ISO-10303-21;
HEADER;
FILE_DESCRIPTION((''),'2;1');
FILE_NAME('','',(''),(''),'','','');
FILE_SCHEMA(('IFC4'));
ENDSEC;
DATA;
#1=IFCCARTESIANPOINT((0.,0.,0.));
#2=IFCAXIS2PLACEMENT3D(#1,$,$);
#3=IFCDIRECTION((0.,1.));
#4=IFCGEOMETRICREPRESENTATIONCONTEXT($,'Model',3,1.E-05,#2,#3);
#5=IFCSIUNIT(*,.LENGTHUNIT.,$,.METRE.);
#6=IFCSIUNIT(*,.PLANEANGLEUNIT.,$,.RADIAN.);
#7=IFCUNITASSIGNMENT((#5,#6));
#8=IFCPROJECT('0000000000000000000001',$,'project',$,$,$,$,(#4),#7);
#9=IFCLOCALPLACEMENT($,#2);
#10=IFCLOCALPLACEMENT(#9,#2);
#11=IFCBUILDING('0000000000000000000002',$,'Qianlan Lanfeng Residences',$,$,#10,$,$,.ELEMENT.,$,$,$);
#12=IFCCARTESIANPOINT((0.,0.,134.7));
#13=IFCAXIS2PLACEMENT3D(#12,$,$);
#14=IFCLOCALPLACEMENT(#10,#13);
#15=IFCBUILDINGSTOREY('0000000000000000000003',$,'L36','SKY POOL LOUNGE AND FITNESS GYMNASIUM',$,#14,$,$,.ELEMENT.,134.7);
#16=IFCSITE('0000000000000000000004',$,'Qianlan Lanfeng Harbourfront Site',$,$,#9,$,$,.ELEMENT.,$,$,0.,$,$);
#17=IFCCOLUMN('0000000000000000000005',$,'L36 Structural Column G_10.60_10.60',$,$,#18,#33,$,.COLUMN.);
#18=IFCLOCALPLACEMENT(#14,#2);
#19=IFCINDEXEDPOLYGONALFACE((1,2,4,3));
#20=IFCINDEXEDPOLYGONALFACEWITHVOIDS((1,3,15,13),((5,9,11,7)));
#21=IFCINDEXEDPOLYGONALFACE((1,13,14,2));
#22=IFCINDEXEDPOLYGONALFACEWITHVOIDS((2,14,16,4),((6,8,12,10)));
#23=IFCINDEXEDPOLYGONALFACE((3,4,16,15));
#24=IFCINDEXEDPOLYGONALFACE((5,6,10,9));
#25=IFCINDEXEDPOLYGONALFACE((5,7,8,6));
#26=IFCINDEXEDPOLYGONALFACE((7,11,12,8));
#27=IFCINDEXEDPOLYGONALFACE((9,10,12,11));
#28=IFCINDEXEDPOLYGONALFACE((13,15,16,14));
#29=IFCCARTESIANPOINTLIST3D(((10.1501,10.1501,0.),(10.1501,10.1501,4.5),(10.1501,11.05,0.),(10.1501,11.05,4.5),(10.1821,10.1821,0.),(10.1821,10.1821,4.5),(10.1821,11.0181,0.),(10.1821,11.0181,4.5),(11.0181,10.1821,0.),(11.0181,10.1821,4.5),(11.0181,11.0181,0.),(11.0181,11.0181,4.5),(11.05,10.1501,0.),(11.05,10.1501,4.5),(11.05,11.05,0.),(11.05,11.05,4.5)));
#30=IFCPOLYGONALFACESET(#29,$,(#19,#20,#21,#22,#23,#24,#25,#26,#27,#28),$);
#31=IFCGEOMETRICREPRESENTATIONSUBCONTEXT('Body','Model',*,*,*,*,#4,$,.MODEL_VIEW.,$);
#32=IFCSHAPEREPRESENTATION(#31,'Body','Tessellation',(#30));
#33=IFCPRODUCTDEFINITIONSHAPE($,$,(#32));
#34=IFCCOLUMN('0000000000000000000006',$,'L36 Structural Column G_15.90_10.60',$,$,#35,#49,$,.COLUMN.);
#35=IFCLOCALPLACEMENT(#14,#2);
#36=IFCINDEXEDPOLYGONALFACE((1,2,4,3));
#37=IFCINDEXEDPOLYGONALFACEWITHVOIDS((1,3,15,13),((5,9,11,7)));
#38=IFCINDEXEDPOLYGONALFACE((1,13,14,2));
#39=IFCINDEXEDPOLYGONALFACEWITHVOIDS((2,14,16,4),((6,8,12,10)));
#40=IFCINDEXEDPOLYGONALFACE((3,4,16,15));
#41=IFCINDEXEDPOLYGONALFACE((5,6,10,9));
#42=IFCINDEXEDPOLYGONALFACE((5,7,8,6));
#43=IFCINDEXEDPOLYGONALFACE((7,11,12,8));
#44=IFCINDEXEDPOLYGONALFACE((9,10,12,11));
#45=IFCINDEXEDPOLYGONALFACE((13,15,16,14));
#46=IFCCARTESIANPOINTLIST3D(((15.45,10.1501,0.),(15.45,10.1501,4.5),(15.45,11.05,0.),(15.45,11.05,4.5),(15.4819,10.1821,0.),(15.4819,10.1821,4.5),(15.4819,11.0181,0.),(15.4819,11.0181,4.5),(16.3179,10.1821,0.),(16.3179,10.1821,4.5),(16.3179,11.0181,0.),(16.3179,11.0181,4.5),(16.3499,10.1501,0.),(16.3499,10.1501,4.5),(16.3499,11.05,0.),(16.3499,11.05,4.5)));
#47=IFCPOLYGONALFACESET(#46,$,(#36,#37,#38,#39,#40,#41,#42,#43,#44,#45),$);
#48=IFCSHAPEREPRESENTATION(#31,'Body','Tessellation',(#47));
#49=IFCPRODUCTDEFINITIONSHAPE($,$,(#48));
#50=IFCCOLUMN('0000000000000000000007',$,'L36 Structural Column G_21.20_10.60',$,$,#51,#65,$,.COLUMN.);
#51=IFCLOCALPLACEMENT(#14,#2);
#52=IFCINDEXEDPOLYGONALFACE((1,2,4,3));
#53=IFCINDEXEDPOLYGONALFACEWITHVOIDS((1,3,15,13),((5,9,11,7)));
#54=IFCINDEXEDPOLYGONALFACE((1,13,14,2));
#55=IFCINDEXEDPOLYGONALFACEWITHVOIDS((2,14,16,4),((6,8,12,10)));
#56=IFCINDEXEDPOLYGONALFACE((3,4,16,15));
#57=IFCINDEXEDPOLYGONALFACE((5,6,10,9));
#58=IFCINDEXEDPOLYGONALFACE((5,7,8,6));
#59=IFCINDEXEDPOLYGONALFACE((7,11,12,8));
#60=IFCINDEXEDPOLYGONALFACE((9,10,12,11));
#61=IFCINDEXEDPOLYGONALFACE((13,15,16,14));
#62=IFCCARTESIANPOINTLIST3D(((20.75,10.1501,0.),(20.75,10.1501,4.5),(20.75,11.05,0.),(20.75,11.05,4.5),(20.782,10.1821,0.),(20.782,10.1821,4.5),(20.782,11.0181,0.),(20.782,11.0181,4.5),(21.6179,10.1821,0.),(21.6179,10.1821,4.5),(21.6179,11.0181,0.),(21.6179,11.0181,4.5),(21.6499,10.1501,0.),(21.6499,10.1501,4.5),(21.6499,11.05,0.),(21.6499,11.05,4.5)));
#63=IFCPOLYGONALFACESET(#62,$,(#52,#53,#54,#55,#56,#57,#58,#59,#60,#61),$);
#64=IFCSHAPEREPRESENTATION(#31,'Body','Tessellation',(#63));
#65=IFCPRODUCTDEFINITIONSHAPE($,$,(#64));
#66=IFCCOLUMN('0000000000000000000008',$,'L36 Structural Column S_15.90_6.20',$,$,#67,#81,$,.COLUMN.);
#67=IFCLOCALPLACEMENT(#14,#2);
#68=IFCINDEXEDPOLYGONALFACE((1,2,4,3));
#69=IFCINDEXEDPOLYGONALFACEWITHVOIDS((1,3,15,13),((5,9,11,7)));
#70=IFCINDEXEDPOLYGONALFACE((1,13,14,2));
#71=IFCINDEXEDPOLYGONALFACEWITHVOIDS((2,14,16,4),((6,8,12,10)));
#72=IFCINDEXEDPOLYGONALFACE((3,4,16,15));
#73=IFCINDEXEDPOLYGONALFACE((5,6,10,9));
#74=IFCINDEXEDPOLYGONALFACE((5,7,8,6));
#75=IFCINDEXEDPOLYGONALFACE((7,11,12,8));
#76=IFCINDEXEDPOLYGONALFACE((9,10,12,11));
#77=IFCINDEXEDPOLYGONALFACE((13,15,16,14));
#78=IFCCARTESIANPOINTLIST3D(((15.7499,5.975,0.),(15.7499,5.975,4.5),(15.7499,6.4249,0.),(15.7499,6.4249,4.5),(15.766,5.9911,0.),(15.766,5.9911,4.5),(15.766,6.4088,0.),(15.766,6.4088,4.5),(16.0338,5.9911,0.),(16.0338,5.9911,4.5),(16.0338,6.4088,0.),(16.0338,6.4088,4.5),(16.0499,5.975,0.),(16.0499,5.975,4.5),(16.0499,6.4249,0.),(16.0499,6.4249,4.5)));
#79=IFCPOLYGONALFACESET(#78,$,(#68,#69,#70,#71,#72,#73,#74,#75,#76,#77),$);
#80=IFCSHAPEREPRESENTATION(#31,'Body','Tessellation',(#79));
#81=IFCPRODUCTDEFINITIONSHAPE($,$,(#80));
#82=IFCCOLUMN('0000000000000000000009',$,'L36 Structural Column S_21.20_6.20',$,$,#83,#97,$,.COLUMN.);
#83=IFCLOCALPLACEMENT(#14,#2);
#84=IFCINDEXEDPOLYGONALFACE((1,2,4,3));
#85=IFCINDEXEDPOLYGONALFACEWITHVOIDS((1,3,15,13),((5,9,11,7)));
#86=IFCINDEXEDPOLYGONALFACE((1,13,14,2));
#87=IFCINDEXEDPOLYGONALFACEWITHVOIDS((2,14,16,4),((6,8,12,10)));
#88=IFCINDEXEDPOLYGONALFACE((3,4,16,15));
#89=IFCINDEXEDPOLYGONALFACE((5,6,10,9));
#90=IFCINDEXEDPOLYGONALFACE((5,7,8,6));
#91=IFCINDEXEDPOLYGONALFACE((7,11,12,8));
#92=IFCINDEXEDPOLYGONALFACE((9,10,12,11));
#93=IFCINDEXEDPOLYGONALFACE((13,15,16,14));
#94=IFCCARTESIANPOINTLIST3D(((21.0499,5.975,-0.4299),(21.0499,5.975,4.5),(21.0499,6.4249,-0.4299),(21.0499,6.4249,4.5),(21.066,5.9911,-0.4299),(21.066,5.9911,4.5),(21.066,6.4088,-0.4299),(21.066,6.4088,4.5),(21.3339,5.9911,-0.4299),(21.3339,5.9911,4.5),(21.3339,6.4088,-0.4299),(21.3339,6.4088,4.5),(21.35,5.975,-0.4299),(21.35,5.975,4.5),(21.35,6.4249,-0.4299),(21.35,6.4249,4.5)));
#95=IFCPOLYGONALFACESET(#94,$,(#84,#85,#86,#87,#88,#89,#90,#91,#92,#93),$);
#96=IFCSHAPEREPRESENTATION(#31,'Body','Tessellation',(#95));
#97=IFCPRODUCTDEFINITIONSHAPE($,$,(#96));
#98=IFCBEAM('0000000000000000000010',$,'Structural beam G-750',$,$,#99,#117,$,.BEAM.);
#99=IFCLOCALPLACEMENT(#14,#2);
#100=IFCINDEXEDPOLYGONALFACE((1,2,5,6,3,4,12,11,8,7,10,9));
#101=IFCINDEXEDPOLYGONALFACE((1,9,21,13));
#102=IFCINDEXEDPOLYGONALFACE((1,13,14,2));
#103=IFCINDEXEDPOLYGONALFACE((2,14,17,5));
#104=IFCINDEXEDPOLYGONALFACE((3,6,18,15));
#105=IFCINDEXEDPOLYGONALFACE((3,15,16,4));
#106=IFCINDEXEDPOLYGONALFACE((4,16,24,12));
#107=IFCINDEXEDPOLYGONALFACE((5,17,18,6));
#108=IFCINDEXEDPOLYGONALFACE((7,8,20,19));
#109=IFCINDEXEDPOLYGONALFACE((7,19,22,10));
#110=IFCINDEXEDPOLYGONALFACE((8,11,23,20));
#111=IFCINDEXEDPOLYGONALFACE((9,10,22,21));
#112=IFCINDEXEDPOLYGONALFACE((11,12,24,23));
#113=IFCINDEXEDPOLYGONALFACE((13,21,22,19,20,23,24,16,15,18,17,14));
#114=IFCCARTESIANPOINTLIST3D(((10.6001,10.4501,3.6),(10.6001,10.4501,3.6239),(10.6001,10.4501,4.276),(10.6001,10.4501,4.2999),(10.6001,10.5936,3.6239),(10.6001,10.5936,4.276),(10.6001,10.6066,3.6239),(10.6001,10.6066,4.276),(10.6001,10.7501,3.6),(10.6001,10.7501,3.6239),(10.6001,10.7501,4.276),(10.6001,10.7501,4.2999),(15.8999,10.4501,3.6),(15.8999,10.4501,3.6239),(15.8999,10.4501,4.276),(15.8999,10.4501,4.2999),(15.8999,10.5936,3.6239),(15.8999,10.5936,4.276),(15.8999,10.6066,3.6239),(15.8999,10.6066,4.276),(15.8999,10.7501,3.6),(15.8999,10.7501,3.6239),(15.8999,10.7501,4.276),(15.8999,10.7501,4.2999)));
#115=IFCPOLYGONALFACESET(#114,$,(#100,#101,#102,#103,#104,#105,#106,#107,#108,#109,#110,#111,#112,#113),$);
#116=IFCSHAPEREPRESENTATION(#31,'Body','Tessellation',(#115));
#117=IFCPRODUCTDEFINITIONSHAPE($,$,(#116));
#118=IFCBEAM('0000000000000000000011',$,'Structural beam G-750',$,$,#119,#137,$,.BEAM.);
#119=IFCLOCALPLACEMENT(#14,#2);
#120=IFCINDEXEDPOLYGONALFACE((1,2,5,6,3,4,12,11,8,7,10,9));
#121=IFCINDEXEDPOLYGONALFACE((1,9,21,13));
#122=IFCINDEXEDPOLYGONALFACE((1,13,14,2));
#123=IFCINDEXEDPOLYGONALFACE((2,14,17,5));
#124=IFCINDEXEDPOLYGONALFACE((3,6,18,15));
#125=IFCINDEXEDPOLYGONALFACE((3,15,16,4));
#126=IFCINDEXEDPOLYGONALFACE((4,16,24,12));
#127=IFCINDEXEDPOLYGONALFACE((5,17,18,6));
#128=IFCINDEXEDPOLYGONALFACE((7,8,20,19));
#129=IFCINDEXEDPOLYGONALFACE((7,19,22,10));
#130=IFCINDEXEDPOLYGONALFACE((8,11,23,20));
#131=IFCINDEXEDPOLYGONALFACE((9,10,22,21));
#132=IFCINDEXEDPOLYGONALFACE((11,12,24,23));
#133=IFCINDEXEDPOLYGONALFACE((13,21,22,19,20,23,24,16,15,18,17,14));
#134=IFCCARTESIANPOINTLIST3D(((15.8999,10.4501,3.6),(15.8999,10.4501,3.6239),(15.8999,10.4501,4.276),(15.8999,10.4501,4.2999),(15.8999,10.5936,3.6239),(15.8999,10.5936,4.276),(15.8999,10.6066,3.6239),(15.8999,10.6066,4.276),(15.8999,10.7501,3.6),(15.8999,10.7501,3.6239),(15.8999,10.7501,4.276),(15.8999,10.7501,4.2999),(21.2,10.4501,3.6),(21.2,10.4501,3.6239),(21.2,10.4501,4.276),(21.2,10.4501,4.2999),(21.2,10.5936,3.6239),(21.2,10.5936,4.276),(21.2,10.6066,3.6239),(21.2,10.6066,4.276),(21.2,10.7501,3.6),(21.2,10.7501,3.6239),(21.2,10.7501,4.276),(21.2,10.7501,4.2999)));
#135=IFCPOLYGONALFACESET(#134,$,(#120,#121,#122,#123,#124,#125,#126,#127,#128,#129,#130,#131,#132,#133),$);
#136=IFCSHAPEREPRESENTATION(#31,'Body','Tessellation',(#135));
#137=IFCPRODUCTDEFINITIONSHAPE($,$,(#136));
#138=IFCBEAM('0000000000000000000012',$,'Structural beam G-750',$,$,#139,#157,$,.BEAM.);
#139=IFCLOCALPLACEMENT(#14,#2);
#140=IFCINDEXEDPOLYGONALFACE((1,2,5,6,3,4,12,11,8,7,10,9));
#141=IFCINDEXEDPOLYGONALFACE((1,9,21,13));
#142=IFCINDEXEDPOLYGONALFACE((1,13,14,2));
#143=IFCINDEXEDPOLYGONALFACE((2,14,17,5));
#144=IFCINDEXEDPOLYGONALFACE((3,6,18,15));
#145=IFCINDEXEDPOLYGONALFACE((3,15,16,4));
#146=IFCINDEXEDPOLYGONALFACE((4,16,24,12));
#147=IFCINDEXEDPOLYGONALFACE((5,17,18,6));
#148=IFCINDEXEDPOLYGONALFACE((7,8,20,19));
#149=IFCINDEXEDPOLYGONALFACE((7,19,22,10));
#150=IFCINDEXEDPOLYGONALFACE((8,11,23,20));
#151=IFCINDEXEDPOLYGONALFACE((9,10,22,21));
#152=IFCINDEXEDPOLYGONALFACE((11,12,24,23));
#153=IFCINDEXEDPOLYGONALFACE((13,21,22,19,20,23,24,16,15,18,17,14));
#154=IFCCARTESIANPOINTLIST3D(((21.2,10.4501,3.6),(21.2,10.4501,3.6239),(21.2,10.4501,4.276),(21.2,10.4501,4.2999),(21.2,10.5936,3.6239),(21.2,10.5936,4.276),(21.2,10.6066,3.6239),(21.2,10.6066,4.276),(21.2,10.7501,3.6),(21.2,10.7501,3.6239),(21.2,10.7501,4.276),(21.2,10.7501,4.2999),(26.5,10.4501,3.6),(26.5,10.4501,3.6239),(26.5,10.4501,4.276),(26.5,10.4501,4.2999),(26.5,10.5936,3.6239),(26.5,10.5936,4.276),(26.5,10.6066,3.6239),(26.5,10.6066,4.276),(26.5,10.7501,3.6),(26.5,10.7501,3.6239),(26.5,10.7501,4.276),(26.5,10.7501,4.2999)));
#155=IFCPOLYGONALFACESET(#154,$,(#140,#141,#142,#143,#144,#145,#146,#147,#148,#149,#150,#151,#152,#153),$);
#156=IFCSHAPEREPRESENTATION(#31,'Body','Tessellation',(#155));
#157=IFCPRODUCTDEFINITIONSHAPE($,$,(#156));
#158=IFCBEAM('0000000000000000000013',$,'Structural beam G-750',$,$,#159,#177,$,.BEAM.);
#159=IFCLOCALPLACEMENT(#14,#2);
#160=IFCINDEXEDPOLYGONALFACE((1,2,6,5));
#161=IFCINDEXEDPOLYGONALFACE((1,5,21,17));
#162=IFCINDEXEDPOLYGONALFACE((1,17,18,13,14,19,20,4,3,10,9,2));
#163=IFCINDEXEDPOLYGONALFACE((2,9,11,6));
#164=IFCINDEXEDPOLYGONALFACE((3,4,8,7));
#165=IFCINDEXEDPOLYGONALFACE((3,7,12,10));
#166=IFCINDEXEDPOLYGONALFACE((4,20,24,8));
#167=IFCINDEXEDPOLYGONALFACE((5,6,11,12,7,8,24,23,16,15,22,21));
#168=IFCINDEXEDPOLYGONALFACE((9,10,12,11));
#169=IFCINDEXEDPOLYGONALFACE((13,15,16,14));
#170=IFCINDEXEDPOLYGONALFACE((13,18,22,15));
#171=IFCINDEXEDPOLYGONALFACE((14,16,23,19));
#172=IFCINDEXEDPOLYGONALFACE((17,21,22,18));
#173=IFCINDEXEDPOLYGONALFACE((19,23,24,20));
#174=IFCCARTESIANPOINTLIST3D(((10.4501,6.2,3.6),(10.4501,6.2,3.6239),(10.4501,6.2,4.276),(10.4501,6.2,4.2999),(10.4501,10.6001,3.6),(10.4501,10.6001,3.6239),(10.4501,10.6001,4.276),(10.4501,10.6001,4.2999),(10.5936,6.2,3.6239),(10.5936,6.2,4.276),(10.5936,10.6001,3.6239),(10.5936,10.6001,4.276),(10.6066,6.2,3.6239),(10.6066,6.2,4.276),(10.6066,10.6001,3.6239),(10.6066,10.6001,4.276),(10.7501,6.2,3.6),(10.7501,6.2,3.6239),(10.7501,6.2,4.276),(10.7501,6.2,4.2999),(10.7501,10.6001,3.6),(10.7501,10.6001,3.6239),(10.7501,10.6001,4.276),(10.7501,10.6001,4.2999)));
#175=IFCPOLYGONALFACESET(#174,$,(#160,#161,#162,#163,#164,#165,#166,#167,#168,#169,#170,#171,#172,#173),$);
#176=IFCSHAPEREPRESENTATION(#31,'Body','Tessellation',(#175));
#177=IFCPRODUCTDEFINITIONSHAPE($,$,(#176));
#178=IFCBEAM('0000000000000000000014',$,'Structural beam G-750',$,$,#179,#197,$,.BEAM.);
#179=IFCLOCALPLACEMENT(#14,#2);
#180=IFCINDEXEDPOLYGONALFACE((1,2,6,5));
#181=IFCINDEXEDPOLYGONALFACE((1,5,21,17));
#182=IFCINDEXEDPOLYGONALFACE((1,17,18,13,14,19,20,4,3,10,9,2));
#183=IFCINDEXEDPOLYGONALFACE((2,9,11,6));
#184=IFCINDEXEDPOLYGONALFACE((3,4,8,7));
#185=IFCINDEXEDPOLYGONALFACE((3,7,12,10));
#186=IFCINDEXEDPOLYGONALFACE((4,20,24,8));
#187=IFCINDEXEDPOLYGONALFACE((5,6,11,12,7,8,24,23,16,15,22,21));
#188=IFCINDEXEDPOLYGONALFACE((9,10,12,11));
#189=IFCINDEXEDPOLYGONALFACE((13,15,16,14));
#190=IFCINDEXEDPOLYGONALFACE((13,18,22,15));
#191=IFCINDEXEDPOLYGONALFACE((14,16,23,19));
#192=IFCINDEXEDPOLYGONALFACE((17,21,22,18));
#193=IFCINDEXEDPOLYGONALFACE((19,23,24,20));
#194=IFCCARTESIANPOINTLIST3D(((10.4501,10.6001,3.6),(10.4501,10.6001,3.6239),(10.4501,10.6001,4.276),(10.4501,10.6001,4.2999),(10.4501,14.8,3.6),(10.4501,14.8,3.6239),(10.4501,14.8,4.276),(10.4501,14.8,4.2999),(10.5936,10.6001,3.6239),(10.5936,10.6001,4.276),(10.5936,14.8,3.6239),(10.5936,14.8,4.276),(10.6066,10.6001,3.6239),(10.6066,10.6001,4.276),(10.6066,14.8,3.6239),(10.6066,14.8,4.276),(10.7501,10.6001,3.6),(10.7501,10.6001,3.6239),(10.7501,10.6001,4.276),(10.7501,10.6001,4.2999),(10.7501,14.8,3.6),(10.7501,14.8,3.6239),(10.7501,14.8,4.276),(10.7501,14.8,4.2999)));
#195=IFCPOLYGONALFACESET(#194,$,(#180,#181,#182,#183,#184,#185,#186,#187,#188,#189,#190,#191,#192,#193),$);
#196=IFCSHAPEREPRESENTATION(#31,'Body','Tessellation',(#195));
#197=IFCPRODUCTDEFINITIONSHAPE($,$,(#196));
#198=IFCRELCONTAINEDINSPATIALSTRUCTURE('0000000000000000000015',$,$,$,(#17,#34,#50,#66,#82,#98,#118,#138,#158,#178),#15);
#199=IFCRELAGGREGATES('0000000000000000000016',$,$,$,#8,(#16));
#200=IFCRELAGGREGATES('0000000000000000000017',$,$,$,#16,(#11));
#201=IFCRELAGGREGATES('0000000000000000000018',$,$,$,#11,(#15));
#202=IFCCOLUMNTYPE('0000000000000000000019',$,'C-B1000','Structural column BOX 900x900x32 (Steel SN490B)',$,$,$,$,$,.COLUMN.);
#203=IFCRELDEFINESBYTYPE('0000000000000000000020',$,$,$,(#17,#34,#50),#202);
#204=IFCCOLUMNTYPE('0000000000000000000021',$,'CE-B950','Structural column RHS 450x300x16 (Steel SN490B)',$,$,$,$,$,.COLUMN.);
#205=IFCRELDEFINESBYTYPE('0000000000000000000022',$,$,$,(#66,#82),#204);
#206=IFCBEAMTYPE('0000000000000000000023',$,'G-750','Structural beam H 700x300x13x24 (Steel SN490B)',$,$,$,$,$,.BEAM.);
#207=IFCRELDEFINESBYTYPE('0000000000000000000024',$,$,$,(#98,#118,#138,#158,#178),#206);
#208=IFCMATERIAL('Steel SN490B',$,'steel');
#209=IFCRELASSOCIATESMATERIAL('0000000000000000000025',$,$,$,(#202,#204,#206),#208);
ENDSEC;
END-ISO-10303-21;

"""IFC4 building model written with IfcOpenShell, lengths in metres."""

from ifc_helpers import new_model, si_unit, direction, frame, origin, origin_2d, place, context, subcontext, project, spatial, hollow_rectangle, i_section, extrude, material, material_profile, profile_set, type_object, element, save


model = new_model("IFC4")

# Units and contexts
model_context = context("Model", 3, precision=1e-05, world=origin(), true_north=direction((0.0, 1.0)))
body_context = subcontext(model_context, "Body", "Model", "MODEL_VIEW")
ifc_project = project(units=[si_unit("LENGTHUNIT", "METRE"), si_unit("PLANEANGLEUNIT", "RADIAN")], contexts=[model_context])

# Site, building, storey
site_placement = place(None, origin())
site = spatial("IfcSite", under=ifc_project, at=site_placement, Name="Qianlan Lanfeng Harbourfront Site", CompositionType="ELEMENT", RefElevation=0.0)
building_placement = place(site_placement, origin())
building = spatial("IfcBuilding", under=site, at=building_placement, Name="Qianlan Lanfeng Residences", CompositionType="ELEMENT")
storey_placement = place(building_placement, frame((0.0, 0.0, 134.7)))
storey = spatial("IfcBuildingStorey", under=building, at=storey_placement, Name="L36", Description="SKY POOL LOUNGE AND FITNESS GYMNASIUM", CompositionType="ELEMENT", Elevation=134.7)

# Columns
ifc_material_1 = material(Name="Steel SN490B", Category="steel")
ifc_material_profile_1 = material_profile(ifc_material_1, hollow_rectangle(XDim=0.8999, YDim=0.8999, WallThickness=0.032, at=origin_2d()), Name="BOX 900x900x32")
ifc_profile_set_1 = profile_set([ifc_material_profile_1], Name="Steel SN490B")
column_type_1 = type_object("IfcColumnType", Name="C-B1000", Description="Structural column BOX 900x900x32 (Steel SN490B)", PredefinedType="COLUMN", material=ifc_profile_set_1)
for number, where, z_axis, x_axis, name in (
    (1, (10.6001, 10.6001, 0.0), (0.0, 0.0, 1.0), (1.0, 0.0, 0.0), "L36 Structural Column G_10.60_10.60"),
    (2, (15.8999, 10.6001, 0.0), (0.0, 0.0, 1.0), (1.0, 0.0, 0.0), "L36 Structural Column G_15.90_10.60"),
    (3, (21.2, 10.6001, 0.0), (0.0, 0.0, 1.0), (1.0, 0.0, 0.0), "L36 Structural Column G_21.20_10.60"),
):
    element("IfcColumn", number, at=place(storey_placement, frame(where, z_axis=z_axis, x_axis=x_axis)), inside=storey, type_object=column_type_1, Name=name, PredefinedType="COLUMN", context=body_context, shape_type="SweptSolid", body=[
        extrude(hollow_rectangle(XDim=0.8999, YDim=0.8999, WallThickness=0.032, at=origin_2d()), origin(), (0.0, 0.0, 1.0), 4.5),
    ])
ifc_material_profile_2 = material_profile(ifc_material_1, hollow_rectangle(XDim=0.3, YDim=0.45, WallThickness=0.0161, at=origin_2d()), Name="RHS 450x300x16")
ifc_profile_set_2 = profile_set([ifc_material_profile_2], Name="Steel SN490B")
column_type_2 = type_object("IfcColumnType", Name="CE-B950", Description="Structural column RHS 450x300x16 (Steel SN490B)", PredefinedType="COLUMN", material=ifc_profile_set_2)
column_1_placement = place(storey_placement, frame((15.8999, 6.2, 0.0), z_axis=(0.0, 0.0, 1.0), x_axis=(1.0, 0.0, 0.0)))
element("IfcColumn", 4, at=column_1_placement, inside=storey, type_object=column_type_2, Name="L36 Structural Column S_15.90_6.20", PredefinedType="COLUMN", context=body_context, shape_type="SweptSolid", body=[
    extrude(hollow_rectangle(XDim=0.3, YDim=0.45, WallThickness=0.0161, at=origin_2d()), origin(), (0.0, 0.0, 1.0), 4.5),
])
column_2_placement = place(storey_placement, frame((21.2, 6.2, -0.4299), z_axis=(0.0, 0.0, 1.0), x_axis=(1.0, 0.0, 0.0)))
element("IfcColumn", 5, at=column_2_placement, inside=storey, type_object=column_type_2, Name="L36 Structural Column S_21.20_6.20", PredefinedType="COLUMN", context=body_context, shape_type="SweptSolid", body=[
    extrude(hollow_rectangle(XDim=0.3, YDim=0.45, WallThickness=0.0161, at=origin_2d()), origin(), (0.0, 0.0, 1.0), 4.9299),
])

# Beams
ifc_material_profile_3 = material_profile(ifc_material_1, i_section(OverallWidth=0.3, OverallDepth=0.7, WebThickness=0.0129, FlangeThickness=0.0239, at=origin_2d()), Name="H 700x300x13x24")
ifc_profile_set_3 = profile_set([ifc_material_profile_3], Name="Steel SN490B")
beam_type_1 = type_object("IfcBeamType", Name="G-750", Description="Structural beam H 700x300x13x24 (Steel SN490B)", PredefinedType="BEAM", material=ifc_profile_set_3)
beam_1_placement = place(storey_placement, frame((10.6001, 10.6001, 3.95), z_axis=(1.0, 0.0, 0.0), x_axis=(0.0, 1.0, 0.0)))
element("IfcBeam", 6, at=beam_1_placement, inside=storey, type_object=beam_type_1, Name="Structural beam G-750", PredefinedType="BEAM", context=body_context, shape_type="SweptSolid", body=[
    extrude(i_section(OverallWidth=0.3, OverallDepth=0.7, WebThickness=0.0129, FlangeThickness=0.0239, at=origin_2d()), origin(), (0.0, 0.0, 1.0), 5.2998),
])
for number, where, z_axis, x_axis, name in (
    (7, (15.8999, 10.6001, 3.95), (1.0, 0.0, 0.0), (0.0, 1.0, 0.0), "Structural beam G-750"),
    (8, (21.2, 10.6001, 3.95), (1.0, 0.0, 0.0), (0.0, 1.0, 0.0), "Structural beam G-750"),
):
    element("IfcBeam", number, at=place(storey_placement, frame(where, z_axis=z_axis, x_axis=x_axis)), inside=storey, type_object=beam_type_1, Name=name, PredefinedType="BEAM", context=body_context, shape_type="SweptSolid", body=[
        extrude(i_section(OverallWidth=0.3, OverallDepth=0.7, WebThickness=0.0129, FlangeThickness=0.0239, at=origin_2d()), origin(), (0.0, 0.0, 1.0), 5.3),
    ])
beam_2_placement = place(storey_placement, frame((10.6001, 6.2, 3.95), z_axis=(0.0, 1.0, 0.0), x_axis=(-1.0, 0.0, 0.0)))
element("IfcBeam", 9, at=beam_2_placement, inside=storey, type_object=beam_type_1, Name="Structural beam G-750", PredefinedType="BEAM", context=body_context, shape_type="SweptSolid", body=[
    extrude(i_section(OverallWidth=0.3, OverallDepth=0.7, WebThickness=0.0129, FlangeThickness=0.0239, at=origin_2d()), origin(), (0.0, 0.0, 1.0), 4.4001),
])
beam_3_placement = place(storey_placement, frame((10.6001, 10.6001, 3.95), z_axis=(0.0, 1.0, 0.0), x_axis=(-1.0, 0.0, 0.0)))
element("IfcBeam", 10, at=beam_3_placement, inside=storey, type_object=beam_type_1, Name="Structural beam G-750", PredefinedType="BEAM", context=body_context, shape_type="SweptSolid", body=[
    extrude(i_section(OverallWidth=0.3, OverallDepth=0.7, WebThickness=0.0129, FlangeThickness=0.0239, at=origin_2d()), origin(), (0.0, 0.0, 1.0), 4.2),
])

save(model, "model.ifc")
